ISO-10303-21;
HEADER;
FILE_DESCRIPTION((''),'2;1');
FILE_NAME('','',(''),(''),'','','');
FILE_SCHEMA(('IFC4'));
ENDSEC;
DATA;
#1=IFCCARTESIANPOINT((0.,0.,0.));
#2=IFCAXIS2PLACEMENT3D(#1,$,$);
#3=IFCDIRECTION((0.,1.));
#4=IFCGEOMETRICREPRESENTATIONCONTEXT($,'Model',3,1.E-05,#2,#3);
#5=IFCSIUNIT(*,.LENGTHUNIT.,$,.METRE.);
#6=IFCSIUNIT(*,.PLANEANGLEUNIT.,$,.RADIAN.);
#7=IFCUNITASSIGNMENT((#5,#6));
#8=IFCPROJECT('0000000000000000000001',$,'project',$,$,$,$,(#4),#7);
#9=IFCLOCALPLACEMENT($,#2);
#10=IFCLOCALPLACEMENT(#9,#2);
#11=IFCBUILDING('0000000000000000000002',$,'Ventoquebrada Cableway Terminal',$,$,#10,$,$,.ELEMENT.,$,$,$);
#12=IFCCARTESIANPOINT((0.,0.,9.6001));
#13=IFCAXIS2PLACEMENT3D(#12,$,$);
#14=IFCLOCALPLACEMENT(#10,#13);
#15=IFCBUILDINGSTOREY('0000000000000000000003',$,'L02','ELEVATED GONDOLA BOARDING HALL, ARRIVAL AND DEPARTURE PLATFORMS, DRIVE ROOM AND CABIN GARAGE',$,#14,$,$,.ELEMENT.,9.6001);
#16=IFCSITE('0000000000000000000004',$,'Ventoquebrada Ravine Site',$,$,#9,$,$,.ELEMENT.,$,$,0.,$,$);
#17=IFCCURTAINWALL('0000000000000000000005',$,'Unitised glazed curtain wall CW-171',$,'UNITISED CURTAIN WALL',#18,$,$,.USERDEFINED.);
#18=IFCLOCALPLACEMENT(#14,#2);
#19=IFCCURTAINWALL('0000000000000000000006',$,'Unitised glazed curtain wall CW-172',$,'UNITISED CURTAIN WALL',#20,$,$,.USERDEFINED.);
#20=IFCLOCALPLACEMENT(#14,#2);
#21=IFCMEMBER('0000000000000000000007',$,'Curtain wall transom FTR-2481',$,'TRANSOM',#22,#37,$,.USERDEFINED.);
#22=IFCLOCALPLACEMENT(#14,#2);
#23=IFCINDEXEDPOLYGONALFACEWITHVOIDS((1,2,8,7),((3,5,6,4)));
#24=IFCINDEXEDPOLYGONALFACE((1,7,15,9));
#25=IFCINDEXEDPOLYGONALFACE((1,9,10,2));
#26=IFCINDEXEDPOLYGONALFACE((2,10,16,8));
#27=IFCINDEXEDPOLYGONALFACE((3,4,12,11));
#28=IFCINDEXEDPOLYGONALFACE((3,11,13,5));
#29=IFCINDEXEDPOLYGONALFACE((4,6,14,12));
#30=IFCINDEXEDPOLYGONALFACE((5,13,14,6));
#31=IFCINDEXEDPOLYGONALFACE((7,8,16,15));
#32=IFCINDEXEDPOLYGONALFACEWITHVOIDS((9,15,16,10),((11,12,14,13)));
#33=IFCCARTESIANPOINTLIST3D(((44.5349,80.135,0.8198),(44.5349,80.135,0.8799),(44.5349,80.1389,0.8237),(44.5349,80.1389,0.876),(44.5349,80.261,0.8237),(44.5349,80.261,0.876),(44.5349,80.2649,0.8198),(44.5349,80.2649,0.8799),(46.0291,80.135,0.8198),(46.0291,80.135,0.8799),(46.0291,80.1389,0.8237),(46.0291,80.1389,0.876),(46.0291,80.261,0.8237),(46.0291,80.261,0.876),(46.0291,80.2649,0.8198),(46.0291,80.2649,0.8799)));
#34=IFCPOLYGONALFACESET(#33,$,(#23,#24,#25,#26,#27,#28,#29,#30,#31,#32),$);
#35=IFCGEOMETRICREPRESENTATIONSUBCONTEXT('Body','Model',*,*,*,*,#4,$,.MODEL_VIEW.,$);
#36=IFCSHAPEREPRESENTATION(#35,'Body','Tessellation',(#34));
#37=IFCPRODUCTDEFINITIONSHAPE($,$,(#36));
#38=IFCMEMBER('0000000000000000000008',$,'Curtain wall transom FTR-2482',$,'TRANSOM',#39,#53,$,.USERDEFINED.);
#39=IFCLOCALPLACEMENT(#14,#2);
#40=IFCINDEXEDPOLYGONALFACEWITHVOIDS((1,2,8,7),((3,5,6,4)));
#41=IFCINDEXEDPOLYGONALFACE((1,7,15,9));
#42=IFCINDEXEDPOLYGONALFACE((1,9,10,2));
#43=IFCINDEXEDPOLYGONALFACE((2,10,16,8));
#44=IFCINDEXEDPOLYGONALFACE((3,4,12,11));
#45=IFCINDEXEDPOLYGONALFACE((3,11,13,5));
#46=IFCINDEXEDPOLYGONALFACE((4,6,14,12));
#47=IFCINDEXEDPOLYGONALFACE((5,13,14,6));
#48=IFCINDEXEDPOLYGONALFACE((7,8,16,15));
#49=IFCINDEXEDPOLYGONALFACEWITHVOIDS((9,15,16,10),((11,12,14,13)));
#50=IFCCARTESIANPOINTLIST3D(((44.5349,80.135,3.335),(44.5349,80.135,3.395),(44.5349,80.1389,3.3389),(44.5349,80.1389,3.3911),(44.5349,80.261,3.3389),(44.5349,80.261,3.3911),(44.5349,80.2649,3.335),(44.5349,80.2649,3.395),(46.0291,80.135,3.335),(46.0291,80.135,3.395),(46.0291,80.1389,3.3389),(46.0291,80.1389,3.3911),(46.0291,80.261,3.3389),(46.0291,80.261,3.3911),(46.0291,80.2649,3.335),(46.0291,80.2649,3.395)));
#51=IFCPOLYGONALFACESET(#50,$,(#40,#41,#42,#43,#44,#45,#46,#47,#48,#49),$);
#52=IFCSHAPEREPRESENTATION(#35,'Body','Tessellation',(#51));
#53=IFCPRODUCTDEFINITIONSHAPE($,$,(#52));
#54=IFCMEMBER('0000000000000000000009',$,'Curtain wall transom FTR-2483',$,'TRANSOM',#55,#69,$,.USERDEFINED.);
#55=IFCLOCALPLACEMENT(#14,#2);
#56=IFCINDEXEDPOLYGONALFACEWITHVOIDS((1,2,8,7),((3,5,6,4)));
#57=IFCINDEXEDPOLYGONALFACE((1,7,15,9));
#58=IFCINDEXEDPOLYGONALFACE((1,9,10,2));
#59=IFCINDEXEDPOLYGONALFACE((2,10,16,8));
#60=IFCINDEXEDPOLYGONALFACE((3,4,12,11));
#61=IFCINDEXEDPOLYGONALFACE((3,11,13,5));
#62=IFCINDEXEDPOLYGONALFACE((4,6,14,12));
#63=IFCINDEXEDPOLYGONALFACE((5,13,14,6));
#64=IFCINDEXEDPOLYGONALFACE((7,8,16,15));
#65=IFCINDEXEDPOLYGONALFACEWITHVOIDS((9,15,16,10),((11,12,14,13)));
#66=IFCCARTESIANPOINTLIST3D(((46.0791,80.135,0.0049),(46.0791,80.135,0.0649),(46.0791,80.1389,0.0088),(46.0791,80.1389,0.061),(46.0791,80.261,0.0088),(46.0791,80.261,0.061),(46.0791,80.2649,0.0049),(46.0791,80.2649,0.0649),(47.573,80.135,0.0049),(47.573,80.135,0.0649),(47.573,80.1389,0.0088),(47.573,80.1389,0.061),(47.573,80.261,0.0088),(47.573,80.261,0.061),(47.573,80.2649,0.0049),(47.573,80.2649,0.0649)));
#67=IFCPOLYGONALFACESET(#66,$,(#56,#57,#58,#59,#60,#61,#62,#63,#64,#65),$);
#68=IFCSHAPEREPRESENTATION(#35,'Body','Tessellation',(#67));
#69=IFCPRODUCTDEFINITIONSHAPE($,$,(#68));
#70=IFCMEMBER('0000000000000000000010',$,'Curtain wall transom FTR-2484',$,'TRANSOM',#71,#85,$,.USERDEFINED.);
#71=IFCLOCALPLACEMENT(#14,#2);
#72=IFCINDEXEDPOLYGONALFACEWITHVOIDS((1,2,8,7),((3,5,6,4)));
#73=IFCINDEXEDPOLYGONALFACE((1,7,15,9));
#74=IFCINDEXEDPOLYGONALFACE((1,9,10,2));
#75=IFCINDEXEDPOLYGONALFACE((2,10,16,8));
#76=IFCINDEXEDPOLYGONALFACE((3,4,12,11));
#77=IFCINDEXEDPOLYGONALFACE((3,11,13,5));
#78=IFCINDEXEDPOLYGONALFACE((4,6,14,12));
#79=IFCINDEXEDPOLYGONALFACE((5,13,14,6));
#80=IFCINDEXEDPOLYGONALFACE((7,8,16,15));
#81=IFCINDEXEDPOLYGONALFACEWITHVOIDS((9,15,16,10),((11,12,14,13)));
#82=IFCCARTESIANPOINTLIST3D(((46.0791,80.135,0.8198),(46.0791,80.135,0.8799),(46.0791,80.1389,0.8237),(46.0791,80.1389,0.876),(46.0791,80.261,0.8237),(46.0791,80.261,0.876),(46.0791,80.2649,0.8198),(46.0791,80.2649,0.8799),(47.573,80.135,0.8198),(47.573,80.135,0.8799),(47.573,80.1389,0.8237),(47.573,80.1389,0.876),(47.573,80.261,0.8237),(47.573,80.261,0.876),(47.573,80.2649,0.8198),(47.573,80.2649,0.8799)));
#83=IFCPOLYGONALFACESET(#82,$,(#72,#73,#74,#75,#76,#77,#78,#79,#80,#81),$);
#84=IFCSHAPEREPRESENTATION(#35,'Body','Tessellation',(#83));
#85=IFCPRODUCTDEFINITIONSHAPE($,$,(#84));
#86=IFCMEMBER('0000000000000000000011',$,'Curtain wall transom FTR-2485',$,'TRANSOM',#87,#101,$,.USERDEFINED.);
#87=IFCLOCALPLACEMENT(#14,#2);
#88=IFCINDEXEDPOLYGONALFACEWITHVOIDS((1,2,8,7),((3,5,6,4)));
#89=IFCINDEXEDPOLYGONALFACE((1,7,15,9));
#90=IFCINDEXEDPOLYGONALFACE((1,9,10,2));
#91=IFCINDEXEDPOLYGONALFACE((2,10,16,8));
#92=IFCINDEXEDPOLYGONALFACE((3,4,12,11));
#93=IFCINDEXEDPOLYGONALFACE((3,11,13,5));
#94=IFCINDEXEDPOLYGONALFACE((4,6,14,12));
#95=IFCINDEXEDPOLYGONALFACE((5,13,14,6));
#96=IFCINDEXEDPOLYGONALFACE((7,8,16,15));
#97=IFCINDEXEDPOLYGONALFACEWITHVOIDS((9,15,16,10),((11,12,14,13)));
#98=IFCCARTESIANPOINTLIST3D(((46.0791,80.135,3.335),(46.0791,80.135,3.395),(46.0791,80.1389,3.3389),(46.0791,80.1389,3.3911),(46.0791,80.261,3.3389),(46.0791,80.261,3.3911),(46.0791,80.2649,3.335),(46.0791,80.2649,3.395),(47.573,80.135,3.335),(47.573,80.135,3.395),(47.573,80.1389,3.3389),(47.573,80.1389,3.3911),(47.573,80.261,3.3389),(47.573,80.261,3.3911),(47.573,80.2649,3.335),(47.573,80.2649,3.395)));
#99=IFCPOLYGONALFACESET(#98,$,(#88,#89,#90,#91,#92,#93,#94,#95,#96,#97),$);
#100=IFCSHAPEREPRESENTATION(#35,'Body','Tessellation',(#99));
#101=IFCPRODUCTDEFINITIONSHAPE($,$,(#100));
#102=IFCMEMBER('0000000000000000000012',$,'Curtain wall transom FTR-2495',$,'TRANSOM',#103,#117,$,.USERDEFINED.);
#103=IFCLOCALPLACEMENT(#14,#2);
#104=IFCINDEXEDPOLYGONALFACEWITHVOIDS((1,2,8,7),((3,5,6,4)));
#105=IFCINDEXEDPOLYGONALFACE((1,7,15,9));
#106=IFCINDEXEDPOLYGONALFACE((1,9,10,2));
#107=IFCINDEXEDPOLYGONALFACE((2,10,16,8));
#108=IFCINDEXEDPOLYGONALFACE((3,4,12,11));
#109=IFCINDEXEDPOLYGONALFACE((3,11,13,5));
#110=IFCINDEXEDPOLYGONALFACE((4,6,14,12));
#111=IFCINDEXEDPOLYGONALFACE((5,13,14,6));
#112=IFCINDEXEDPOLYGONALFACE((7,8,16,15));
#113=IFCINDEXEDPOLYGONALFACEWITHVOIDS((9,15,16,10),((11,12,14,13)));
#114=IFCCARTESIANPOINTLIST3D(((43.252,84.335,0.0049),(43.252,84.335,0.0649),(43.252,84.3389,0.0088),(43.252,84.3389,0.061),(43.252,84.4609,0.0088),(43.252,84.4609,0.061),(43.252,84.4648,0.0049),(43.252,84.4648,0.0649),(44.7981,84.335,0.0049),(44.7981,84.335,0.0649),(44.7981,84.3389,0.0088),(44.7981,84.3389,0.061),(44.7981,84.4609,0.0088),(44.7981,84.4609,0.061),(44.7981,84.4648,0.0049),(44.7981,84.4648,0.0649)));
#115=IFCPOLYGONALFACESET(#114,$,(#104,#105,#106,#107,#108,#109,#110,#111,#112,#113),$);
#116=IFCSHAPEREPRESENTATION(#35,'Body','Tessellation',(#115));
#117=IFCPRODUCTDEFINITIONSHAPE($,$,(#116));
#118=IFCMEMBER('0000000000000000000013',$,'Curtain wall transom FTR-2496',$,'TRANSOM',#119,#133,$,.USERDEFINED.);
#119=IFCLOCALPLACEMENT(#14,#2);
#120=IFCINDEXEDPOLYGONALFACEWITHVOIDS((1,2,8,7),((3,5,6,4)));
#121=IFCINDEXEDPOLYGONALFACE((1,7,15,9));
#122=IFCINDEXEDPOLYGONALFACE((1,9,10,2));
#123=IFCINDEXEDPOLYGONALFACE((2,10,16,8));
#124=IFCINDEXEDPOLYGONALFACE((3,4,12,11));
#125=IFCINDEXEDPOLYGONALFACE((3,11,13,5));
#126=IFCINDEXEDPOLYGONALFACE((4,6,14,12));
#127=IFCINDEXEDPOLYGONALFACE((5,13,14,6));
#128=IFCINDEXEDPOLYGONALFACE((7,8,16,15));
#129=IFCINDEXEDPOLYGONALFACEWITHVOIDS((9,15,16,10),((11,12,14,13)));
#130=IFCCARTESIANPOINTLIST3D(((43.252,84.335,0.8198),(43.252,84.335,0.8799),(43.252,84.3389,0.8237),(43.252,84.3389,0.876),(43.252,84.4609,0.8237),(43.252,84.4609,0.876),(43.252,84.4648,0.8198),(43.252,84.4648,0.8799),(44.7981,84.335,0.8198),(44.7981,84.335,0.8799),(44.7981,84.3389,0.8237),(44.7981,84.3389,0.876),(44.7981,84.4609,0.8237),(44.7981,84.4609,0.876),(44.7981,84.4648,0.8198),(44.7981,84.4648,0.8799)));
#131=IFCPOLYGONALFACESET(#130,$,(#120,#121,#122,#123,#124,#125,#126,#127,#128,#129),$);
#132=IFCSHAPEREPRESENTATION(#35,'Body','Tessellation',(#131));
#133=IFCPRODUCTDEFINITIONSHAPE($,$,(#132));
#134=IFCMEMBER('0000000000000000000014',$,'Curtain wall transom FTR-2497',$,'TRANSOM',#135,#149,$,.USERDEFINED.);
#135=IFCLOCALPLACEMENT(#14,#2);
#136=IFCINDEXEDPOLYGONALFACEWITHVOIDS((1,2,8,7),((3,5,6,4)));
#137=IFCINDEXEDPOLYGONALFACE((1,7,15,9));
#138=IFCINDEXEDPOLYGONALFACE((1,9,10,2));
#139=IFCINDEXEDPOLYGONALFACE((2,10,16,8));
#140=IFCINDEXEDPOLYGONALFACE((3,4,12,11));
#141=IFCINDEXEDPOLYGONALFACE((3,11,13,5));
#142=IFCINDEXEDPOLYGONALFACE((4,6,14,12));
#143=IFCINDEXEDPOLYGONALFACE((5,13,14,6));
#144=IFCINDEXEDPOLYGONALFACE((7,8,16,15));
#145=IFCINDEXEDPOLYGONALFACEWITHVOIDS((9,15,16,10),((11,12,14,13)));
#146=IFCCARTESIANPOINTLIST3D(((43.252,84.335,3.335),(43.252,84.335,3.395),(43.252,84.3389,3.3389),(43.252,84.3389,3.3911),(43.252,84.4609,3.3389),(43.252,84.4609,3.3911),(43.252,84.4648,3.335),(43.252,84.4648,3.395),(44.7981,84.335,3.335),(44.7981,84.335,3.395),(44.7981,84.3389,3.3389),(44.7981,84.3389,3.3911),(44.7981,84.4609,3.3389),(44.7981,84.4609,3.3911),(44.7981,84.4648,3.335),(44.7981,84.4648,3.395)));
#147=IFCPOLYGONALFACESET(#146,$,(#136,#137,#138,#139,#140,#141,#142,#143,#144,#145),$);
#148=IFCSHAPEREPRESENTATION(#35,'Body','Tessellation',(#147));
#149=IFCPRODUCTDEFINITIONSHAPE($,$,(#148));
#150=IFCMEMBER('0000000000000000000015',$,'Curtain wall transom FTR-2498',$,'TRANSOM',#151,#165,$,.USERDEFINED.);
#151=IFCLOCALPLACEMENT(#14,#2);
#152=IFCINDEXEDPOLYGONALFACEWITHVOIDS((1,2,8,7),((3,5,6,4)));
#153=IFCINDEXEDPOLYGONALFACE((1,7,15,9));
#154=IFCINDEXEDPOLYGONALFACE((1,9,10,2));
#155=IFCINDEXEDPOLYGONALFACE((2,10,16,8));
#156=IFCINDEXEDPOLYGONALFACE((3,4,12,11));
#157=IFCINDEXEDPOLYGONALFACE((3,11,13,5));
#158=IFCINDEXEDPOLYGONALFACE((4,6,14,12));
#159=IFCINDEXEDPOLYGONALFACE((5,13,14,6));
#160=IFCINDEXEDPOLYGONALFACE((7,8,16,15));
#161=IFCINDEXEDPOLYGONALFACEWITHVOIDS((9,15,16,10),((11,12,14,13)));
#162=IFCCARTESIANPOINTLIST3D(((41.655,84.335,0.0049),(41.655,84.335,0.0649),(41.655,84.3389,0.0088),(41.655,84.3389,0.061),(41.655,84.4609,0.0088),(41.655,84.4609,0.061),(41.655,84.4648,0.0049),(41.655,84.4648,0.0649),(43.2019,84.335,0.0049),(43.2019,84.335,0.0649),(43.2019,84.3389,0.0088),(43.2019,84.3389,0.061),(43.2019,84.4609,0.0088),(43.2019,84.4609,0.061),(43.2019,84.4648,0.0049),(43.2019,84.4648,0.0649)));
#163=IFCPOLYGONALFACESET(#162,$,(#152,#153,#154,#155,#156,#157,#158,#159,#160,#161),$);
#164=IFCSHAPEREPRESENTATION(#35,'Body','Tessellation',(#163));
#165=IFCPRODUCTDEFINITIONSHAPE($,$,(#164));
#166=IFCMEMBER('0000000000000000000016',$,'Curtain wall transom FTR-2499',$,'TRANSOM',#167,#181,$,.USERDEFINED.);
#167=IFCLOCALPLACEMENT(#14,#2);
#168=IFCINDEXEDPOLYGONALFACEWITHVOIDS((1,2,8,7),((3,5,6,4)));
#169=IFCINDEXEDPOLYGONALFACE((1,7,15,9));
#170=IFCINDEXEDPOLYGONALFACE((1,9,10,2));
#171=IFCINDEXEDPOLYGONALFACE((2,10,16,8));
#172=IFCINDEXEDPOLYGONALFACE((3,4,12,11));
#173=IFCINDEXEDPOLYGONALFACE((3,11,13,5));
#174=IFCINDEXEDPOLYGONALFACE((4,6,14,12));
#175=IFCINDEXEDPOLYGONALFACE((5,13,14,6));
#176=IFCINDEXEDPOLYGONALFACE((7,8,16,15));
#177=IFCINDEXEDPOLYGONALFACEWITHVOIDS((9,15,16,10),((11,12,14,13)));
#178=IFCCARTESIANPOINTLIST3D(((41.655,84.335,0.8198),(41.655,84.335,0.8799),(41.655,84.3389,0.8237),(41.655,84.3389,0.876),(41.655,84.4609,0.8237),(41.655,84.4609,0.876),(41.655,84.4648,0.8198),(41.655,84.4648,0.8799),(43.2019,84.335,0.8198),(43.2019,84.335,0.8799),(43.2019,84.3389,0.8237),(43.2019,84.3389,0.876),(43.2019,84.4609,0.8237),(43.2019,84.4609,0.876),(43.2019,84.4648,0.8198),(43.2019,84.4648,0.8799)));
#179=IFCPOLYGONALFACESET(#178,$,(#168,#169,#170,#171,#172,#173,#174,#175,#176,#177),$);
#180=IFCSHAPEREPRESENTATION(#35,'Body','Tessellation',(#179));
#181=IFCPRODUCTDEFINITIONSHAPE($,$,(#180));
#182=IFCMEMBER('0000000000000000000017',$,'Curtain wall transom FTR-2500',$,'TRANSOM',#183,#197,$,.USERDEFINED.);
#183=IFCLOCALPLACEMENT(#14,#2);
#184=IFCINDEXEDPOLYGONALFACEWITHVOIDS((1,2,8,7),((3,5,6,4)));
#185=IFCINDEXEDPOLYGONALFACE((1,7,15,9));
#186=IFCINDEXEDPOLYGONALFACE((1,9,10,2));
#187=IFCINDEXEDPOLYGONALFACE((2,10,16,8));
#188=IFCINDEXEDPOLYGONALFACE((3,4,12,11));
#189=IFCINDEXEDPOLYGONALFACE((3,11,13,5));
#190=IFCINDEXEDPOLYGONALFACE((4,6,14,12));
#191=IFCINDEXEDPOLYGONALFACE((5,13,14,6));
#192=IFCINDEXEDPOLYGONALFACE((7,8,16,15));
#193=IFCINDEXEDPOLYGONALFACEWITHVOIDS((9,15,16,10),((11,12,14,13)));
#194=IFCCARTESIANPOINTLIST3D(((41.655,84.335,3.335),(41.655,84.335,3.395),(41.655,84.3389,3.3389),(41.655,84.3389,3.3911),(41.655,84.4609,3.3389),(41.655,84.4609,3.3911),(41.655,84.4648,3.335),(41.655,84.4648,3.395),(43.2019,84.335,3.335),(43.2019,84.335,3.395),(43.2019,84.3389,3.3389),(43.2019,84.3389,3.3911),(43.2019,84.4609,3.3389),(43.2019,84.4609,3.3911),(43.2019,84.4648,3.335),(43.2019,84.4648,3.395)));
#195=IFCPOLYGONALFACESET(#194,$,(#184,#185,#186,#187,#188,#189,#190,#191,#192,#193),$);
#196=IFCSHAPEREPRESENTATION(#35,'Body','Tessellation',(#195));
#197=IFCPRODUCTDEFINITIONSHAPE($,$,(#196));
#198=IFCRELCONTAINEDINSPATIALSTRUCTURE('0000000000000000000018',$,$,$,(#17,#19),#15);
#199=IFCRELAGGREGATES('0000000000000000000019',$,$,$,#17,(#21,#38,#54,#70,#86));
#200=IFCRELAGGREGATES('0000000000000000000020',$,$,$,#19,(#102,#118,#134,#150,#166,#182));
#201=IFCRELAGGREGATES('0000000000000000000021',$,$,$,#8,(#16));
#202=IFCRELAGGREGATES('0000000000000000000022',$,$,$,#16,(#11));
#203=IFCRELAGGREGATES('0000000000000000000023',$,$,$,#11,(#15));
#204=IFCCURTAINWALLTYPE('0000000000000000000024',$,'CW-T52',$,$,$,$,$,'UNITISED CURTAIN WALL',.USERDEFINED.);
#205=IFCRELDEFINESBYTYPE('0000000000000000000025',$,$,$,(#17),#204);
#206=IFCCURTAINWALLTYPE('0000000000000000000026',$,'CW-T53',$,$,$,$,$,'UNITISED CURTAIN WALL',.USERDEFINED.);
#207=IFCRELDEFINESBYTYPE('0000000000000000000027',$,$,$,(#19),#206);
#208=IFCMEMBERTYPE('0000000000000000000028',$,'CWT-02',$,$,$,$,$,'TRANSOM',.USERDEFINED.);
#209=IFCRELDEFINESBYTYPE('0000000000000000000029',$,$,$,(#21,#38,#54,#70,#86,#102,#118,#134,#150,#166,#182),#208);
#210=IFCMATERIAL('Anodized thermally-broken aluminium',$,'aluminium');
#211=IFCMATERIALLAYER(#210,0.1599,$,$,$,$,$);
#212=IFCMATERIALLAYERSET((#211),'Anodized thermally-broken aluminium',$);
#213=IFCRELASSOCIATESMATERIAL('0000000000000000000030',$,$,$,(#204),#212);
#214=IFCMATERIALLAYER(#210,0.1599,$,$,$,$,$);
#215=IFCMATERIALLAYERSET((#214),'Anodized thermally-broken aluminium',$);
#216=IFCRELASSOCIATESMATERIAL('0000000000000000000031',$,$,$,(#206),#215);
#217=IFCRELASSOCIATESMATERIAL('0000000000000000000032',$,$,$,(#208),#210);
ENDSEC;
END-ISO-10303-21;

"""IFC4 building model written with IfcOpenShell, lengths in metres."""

from ifc_helpers import new_model, si_unit, direction, frame, origin, origin_2d, place, context, subcontext, project, spatial, hollow_rectangle, extrude, material, layer, layer_set, material_profile, profile_set, type_object, element, aggregate, save


model = new_model("IFC4")

# Units and contexts
model_context = context("Model", 3, precision=1e-05, world=origin(), true_north=direction((0.0, 1.0)))
body_context = subcontext(model_context, "Body", "Model", "MODEL_VIEW")
ifc_project = project(units=[si_unit("LENGTHUNIT", "METRE"), si_unit("PLANEANGLEUNIT", "RADIAN")], contexts=[model_context])

# Site, building, storey
site_placement = place(None, origin())
site = spatial("IfcSite", under=ifc_project, at=site_placement, Name="Ventoquebrada Ravine Site", CompositionType="ELEMENT", RefElevation=0.0)
building_placement = place(site_placement, origin())
building = spatial("IfcBuilding", under=site, at=building_placement, Name="Ventoquebrada Cableway Terminal", CompositionType="ELEMENT")
storey_placement = place(building_placement, frame((0.0, 0.0, 9.6001)))
storey = spatial("IfcBuildingStorey", under=building, at=storey_placement, Name="L02", Description="ELEVATED GONDOLA BOARDING HALL, ARRIVAL AND DEPARTURE PLATFORMS, DRIVE ROOM AND CABIN GARAGE", CompositionType="ELEMENT", Elevation=9.6001)

# Curtain walls
ifc_material_1 = material(Name="Anodized thermally-broken aluminium", Category="aluminium")
ifc_layer_1 = layer(ifc_material_1, 0.1599)
ifc_layer_set_1 = layer_set([ifc_layer_1], Name="Anodized thermally-broken aluminium")
curtain_wall_type_1 = type_object("IfcCurtainWallType", Name="CW-T52", ElementType="UNITISED CURTAIN WALL", PredefinedType="USERDEFINED", material=ifc_layer_set_1)
curtain_wall_1_placement = place(storey_placement, origin())
curtain_wall_1 = element("IfcCurtainWall", 1, at=curtain_wall_1_placement, inside=storey, type_object=curtain_wall_type_1, Name="Unitised glazed curtain wall CW-171", ObjectType="UNITISED CURTAIN WALL", PredefinedType="USERDEFINED")
ifc_layer_2 = layer(ifc_material_1, 0.1599)
ifc_layer_set_2 = layer_set([ifc_layer_2], Name="Anodized thermally-broken aluminium")
curtain_wall_type_2 = type_object("IfcCurtainWallType", Name="CW-T53", ElementType="UNITISED CURTAIN WALL", PredefinedType="USERDEFINED", material=ifc_layer_set_2)
curtain_wall_2_placement = place(storey_placement, origin())
curtain_wall_2 = element("IfcCurtainWall", 2, at=curtain_wall_2_placement, inside=storey, type_object=curtain_wall_type_2, Name="Unitised glazed curtain wall CW-172", ObjectType="UNITISED CURTAIN WALL", PredefinedType="USERDEFINED")

# Members
ifc_material_profile_1 = material_profile(ifc_material_1, hollow_rectangle(XDim=0.0601, YDim=0.1299, WallThickness=0.0039, at=origin_2d()), Name="CW-TRN-60X130")
ifc_profile_set_1 = profile_set([ifc_material_profile_1], Name="Anodized thermally-broken aluminium")
member_type_1 = type_object("IfcMemberType", Name="CWT-02", ElementType="TRANSOM", PredefinedType="USERDEFINED", material=ifc_profile_set_1)
member_1_placement = place(storey_placement, frame((44.5349, 80.2, 0.8499), z_axis=(1.0, 0.0, 0.0), x_axis=(0.0, 0.0, 1.0)))
member_1 = element("IfcMember", 3, at=member_1_placement, type_object=member_type_1, Name="Curtain wall transom FTR-2481", ObjectType="TRANSOM", PredefinedType="USERDEFINED", context=body_context, shape_type="SweptSolid", body=[
    extrude(hollow_rectangle(XDim=0.0601, YDim=0.1299, WallThickness=0.0039, at=origin_2d()), origin(), (0.0, 0.0, 1.0), 1.4941),
])
member_2_placement = place(storey_placement, frame((44.5349, 80.2, 3.365), z_axis=(1.0, 0.0, 0.0), x_axis=(0.0, 0.0, 1.0)))
member_2 = element("IfcMember", 4, at=member_2_placement, type_object=member_type_1, Name="Curtain wall transom FTR-2482", ObjectType="TRANSOM", PredefinedType="USERDEFINED", context=body_context, shape_type="SweptSolid", body=[
    extrude(hollow_rectangle(XDim=0.0601, YDim=0.1299, WallThickness=0.0039, at=origin_2d()), origin(), (0.0, 0.0, 1.0), 1.4941),
])
member_3_placement = place(storey_placement, frame((46.0791, 80.2, 0.0349), z_axis=(1.0, 0.0, 0.0), x_axis=(0.0, 0.0, 1.0)))
member_3 = element("IfcMember", 5, at=member_3_placement, type_object=member_type_1, Name="Curtain wall transom FTR-2483", ObjectType="TRANSOM", PredefinedType="USERDEFINED", context=body_context, shape_type="SweptSolid", body=[
    extrude(hollow_rectangle(XDim=0.0601, YDim=0.1299, WallThickness=0.0039, at=origin_2d()), origin(), (0.0, 0.0, 1.0), 1.4939),
])
member_4_placement = place(storey_placement, frame((46.0791, 80.2, 0.8499), z_axis=(1.0, 0.0, 0.0), x_axis=(0.0, 0.0, 1.0)))
member_4 = element("IfcMember", 6, at=member_4_placement, type_object=member_type_1, Name="Curtain wall transom FTR-2484", ObjectType="TRANSOM", PredefinedType="USERDEFINED", context=body_context, shape_type="SweptSolid", body=[
    extrude(hollow_rectangle(XDim=0.0601, YDim=0.1299, WallThickness=0.0039, at=origin_2d()), origin(), (0.0, 0.0, 1.0), 1.4939),
])
member_5_placement = place(storey_placement, frame((46.0791, 80.2, 3.365), z_axis=(1.0, 0.0, 0.0), x_axis=(0.0, 0.0, 1.0)))
member_5 = element("IfcMember", 7, at=member_5_placement, type_object=member_type_1, Name="Curtain wall transom FTR-2485", ObjectType="TRANSOM", PredefinedType="USERDEFINED", context=body_context, shape_type="SweptSolid", body=[
    extrude(hollow_rectangle(XDim=0.0601, YDim=0.1299, WallThickness=0.0039, at=origin_2d()), origin(), (0.0, 0.0, 1.0), 1.4939),
])
member_6_placement = place(storey_placement, frame((44.7981, 84.3999, 0.0349), z_axis=(-1.0, 0.0, 0.0), x_axis=(0.0, 0.0, 1.0)))
member_6 = element("IfcMember", 8, at=member_6_placement, type_object=member_type_1, Name="Curtain wall transom FTR-2495", ObjectType="TRANSOM", PredefinedType="USERDEFINED", context=body_context, shape_type="SweptSolid", body=[
    extrude(hollow_rectangle(XDim=0.0601, YDim=0.1299, WallThickness=0.0039, at=origin_2d()), origin(), (0.0, 0.0, 1.0), 1.5461),
])
member_7_placement = place(storey_placement, frame((44.7981, 84.3999, 0.8499), z_axis=(-1.0, 0.0, 0.0), x_axis=(0.0, 0.0, 1.0)))
member_7 = element("IfcMember", 9, at=member_7_placement, type_object=member_type_1, Name="Curtain wall transom FTR-2496", ObjectType="TRANSOM", PredefinedType="USERDEFINED", context=body_context, shape_type="SweptSolid", body=[
    extrude(hollow_rectangle(XDim=0.0601, YDim=0.1299, WallThickness=0.0039, at=origin_2d()), origin(), (0.0, 0.0, 1.0), 1.5461),
])
member_8_placement = place(storey_placement, frame((44.7981, 84.3999, 3.365), z_axis=(-1.0, 0.0, 0.0), x_axis=(0.0, 0.0, 1.0)))
member_8 = element("IfcMember", 10, at=member_8_placement, type_object=member_type_1, Name="Curtain wall transom FTR-2497", ObjectType="TRANSOM", PredefinedType="USERDEFINED", context=body_context, shape_type="SweptSolid", body=[
    extrude(hollow_rectangle(XDim=0.0601, YDim=0.1299, WallThickness=0.0039, at=origin_2d()), origin(), (0.0, 0.0, 1.0), 1.5461),
])
member_9_placement = place(storey_placement, frame((43.2019, 84.3999, 0.0349), z_axis=(-1.0, 0.0, 0.0), x_axis=(0.0, 0.0, 1.0)))
member_9 = element("IfcMember", 11, at=member_9_placement, type_object=member_type_1, Name="Curtain wall transom FTR-2498", ObjectType="TRANSOM", PredefinedType="USERDEFINED", context=body_context, shape_type="SweptSolid", body=[
    extrude(hollow_rectangle(XDim=0.0601, YDim=0.1299, WallThickness=0.0039, at=origin_2d()), origin(), (0.0, 0.0, 1.0), 1.5469),
])
member_10_placement = place(storey_placement, frame((43.2019, 84.3999, 0.8499), z_axis=(-1.0, 0.0, 0.0), x_axis=(0.0, 0.0, 1.0)))
member_10 = element("IfcMember", 12, at=member_10_placement, type_object=member_type_1, Name="Curtain wall transom FTR-2499", ObjectType="TRANSOM", PredefinedType="USERDEFINED", context=body_context, shape_type="SweptSolid", body=[
    extrude(hollow_rectangle(XDim=0.0601, YDim=0.1299, WallThickness=0.0039, at=origin_2d()), origin(), (0.0, 0.0, 1.0), 1.5469),
])
member_11_placement = place(storey_placement, frame((43.2019, 84.3999, 3.365), z_axis=(-1.0, 0.0, 0.0), x_axis=(0.0, 0.0, 1.0)))
member_11 = element("IfcMember", 13, at=member_11_placement, type_object=member_type_1, Name="Curtain wall transom FTR-2500", ObjectType="TRANSOM", PredefinedType="USERDEFINED", context=body_context, shape_type="SweptSolid", body=[
    extrude(hollow_rectangle(XDim=0.0601, YDim=0.1299, WallThickness=0.0039, at=origin_2d()), origin(), (0.0, 0.0, 1.0), 1.5469),
])

aggregate(curtain_wall_1, [member_1, member_2, member_3, member_4, member_5])
aggregate(curtain_wall_2, [member_6, member_7, member_8, member_9, member_10, member_11])

save(model, "model.ifc")
